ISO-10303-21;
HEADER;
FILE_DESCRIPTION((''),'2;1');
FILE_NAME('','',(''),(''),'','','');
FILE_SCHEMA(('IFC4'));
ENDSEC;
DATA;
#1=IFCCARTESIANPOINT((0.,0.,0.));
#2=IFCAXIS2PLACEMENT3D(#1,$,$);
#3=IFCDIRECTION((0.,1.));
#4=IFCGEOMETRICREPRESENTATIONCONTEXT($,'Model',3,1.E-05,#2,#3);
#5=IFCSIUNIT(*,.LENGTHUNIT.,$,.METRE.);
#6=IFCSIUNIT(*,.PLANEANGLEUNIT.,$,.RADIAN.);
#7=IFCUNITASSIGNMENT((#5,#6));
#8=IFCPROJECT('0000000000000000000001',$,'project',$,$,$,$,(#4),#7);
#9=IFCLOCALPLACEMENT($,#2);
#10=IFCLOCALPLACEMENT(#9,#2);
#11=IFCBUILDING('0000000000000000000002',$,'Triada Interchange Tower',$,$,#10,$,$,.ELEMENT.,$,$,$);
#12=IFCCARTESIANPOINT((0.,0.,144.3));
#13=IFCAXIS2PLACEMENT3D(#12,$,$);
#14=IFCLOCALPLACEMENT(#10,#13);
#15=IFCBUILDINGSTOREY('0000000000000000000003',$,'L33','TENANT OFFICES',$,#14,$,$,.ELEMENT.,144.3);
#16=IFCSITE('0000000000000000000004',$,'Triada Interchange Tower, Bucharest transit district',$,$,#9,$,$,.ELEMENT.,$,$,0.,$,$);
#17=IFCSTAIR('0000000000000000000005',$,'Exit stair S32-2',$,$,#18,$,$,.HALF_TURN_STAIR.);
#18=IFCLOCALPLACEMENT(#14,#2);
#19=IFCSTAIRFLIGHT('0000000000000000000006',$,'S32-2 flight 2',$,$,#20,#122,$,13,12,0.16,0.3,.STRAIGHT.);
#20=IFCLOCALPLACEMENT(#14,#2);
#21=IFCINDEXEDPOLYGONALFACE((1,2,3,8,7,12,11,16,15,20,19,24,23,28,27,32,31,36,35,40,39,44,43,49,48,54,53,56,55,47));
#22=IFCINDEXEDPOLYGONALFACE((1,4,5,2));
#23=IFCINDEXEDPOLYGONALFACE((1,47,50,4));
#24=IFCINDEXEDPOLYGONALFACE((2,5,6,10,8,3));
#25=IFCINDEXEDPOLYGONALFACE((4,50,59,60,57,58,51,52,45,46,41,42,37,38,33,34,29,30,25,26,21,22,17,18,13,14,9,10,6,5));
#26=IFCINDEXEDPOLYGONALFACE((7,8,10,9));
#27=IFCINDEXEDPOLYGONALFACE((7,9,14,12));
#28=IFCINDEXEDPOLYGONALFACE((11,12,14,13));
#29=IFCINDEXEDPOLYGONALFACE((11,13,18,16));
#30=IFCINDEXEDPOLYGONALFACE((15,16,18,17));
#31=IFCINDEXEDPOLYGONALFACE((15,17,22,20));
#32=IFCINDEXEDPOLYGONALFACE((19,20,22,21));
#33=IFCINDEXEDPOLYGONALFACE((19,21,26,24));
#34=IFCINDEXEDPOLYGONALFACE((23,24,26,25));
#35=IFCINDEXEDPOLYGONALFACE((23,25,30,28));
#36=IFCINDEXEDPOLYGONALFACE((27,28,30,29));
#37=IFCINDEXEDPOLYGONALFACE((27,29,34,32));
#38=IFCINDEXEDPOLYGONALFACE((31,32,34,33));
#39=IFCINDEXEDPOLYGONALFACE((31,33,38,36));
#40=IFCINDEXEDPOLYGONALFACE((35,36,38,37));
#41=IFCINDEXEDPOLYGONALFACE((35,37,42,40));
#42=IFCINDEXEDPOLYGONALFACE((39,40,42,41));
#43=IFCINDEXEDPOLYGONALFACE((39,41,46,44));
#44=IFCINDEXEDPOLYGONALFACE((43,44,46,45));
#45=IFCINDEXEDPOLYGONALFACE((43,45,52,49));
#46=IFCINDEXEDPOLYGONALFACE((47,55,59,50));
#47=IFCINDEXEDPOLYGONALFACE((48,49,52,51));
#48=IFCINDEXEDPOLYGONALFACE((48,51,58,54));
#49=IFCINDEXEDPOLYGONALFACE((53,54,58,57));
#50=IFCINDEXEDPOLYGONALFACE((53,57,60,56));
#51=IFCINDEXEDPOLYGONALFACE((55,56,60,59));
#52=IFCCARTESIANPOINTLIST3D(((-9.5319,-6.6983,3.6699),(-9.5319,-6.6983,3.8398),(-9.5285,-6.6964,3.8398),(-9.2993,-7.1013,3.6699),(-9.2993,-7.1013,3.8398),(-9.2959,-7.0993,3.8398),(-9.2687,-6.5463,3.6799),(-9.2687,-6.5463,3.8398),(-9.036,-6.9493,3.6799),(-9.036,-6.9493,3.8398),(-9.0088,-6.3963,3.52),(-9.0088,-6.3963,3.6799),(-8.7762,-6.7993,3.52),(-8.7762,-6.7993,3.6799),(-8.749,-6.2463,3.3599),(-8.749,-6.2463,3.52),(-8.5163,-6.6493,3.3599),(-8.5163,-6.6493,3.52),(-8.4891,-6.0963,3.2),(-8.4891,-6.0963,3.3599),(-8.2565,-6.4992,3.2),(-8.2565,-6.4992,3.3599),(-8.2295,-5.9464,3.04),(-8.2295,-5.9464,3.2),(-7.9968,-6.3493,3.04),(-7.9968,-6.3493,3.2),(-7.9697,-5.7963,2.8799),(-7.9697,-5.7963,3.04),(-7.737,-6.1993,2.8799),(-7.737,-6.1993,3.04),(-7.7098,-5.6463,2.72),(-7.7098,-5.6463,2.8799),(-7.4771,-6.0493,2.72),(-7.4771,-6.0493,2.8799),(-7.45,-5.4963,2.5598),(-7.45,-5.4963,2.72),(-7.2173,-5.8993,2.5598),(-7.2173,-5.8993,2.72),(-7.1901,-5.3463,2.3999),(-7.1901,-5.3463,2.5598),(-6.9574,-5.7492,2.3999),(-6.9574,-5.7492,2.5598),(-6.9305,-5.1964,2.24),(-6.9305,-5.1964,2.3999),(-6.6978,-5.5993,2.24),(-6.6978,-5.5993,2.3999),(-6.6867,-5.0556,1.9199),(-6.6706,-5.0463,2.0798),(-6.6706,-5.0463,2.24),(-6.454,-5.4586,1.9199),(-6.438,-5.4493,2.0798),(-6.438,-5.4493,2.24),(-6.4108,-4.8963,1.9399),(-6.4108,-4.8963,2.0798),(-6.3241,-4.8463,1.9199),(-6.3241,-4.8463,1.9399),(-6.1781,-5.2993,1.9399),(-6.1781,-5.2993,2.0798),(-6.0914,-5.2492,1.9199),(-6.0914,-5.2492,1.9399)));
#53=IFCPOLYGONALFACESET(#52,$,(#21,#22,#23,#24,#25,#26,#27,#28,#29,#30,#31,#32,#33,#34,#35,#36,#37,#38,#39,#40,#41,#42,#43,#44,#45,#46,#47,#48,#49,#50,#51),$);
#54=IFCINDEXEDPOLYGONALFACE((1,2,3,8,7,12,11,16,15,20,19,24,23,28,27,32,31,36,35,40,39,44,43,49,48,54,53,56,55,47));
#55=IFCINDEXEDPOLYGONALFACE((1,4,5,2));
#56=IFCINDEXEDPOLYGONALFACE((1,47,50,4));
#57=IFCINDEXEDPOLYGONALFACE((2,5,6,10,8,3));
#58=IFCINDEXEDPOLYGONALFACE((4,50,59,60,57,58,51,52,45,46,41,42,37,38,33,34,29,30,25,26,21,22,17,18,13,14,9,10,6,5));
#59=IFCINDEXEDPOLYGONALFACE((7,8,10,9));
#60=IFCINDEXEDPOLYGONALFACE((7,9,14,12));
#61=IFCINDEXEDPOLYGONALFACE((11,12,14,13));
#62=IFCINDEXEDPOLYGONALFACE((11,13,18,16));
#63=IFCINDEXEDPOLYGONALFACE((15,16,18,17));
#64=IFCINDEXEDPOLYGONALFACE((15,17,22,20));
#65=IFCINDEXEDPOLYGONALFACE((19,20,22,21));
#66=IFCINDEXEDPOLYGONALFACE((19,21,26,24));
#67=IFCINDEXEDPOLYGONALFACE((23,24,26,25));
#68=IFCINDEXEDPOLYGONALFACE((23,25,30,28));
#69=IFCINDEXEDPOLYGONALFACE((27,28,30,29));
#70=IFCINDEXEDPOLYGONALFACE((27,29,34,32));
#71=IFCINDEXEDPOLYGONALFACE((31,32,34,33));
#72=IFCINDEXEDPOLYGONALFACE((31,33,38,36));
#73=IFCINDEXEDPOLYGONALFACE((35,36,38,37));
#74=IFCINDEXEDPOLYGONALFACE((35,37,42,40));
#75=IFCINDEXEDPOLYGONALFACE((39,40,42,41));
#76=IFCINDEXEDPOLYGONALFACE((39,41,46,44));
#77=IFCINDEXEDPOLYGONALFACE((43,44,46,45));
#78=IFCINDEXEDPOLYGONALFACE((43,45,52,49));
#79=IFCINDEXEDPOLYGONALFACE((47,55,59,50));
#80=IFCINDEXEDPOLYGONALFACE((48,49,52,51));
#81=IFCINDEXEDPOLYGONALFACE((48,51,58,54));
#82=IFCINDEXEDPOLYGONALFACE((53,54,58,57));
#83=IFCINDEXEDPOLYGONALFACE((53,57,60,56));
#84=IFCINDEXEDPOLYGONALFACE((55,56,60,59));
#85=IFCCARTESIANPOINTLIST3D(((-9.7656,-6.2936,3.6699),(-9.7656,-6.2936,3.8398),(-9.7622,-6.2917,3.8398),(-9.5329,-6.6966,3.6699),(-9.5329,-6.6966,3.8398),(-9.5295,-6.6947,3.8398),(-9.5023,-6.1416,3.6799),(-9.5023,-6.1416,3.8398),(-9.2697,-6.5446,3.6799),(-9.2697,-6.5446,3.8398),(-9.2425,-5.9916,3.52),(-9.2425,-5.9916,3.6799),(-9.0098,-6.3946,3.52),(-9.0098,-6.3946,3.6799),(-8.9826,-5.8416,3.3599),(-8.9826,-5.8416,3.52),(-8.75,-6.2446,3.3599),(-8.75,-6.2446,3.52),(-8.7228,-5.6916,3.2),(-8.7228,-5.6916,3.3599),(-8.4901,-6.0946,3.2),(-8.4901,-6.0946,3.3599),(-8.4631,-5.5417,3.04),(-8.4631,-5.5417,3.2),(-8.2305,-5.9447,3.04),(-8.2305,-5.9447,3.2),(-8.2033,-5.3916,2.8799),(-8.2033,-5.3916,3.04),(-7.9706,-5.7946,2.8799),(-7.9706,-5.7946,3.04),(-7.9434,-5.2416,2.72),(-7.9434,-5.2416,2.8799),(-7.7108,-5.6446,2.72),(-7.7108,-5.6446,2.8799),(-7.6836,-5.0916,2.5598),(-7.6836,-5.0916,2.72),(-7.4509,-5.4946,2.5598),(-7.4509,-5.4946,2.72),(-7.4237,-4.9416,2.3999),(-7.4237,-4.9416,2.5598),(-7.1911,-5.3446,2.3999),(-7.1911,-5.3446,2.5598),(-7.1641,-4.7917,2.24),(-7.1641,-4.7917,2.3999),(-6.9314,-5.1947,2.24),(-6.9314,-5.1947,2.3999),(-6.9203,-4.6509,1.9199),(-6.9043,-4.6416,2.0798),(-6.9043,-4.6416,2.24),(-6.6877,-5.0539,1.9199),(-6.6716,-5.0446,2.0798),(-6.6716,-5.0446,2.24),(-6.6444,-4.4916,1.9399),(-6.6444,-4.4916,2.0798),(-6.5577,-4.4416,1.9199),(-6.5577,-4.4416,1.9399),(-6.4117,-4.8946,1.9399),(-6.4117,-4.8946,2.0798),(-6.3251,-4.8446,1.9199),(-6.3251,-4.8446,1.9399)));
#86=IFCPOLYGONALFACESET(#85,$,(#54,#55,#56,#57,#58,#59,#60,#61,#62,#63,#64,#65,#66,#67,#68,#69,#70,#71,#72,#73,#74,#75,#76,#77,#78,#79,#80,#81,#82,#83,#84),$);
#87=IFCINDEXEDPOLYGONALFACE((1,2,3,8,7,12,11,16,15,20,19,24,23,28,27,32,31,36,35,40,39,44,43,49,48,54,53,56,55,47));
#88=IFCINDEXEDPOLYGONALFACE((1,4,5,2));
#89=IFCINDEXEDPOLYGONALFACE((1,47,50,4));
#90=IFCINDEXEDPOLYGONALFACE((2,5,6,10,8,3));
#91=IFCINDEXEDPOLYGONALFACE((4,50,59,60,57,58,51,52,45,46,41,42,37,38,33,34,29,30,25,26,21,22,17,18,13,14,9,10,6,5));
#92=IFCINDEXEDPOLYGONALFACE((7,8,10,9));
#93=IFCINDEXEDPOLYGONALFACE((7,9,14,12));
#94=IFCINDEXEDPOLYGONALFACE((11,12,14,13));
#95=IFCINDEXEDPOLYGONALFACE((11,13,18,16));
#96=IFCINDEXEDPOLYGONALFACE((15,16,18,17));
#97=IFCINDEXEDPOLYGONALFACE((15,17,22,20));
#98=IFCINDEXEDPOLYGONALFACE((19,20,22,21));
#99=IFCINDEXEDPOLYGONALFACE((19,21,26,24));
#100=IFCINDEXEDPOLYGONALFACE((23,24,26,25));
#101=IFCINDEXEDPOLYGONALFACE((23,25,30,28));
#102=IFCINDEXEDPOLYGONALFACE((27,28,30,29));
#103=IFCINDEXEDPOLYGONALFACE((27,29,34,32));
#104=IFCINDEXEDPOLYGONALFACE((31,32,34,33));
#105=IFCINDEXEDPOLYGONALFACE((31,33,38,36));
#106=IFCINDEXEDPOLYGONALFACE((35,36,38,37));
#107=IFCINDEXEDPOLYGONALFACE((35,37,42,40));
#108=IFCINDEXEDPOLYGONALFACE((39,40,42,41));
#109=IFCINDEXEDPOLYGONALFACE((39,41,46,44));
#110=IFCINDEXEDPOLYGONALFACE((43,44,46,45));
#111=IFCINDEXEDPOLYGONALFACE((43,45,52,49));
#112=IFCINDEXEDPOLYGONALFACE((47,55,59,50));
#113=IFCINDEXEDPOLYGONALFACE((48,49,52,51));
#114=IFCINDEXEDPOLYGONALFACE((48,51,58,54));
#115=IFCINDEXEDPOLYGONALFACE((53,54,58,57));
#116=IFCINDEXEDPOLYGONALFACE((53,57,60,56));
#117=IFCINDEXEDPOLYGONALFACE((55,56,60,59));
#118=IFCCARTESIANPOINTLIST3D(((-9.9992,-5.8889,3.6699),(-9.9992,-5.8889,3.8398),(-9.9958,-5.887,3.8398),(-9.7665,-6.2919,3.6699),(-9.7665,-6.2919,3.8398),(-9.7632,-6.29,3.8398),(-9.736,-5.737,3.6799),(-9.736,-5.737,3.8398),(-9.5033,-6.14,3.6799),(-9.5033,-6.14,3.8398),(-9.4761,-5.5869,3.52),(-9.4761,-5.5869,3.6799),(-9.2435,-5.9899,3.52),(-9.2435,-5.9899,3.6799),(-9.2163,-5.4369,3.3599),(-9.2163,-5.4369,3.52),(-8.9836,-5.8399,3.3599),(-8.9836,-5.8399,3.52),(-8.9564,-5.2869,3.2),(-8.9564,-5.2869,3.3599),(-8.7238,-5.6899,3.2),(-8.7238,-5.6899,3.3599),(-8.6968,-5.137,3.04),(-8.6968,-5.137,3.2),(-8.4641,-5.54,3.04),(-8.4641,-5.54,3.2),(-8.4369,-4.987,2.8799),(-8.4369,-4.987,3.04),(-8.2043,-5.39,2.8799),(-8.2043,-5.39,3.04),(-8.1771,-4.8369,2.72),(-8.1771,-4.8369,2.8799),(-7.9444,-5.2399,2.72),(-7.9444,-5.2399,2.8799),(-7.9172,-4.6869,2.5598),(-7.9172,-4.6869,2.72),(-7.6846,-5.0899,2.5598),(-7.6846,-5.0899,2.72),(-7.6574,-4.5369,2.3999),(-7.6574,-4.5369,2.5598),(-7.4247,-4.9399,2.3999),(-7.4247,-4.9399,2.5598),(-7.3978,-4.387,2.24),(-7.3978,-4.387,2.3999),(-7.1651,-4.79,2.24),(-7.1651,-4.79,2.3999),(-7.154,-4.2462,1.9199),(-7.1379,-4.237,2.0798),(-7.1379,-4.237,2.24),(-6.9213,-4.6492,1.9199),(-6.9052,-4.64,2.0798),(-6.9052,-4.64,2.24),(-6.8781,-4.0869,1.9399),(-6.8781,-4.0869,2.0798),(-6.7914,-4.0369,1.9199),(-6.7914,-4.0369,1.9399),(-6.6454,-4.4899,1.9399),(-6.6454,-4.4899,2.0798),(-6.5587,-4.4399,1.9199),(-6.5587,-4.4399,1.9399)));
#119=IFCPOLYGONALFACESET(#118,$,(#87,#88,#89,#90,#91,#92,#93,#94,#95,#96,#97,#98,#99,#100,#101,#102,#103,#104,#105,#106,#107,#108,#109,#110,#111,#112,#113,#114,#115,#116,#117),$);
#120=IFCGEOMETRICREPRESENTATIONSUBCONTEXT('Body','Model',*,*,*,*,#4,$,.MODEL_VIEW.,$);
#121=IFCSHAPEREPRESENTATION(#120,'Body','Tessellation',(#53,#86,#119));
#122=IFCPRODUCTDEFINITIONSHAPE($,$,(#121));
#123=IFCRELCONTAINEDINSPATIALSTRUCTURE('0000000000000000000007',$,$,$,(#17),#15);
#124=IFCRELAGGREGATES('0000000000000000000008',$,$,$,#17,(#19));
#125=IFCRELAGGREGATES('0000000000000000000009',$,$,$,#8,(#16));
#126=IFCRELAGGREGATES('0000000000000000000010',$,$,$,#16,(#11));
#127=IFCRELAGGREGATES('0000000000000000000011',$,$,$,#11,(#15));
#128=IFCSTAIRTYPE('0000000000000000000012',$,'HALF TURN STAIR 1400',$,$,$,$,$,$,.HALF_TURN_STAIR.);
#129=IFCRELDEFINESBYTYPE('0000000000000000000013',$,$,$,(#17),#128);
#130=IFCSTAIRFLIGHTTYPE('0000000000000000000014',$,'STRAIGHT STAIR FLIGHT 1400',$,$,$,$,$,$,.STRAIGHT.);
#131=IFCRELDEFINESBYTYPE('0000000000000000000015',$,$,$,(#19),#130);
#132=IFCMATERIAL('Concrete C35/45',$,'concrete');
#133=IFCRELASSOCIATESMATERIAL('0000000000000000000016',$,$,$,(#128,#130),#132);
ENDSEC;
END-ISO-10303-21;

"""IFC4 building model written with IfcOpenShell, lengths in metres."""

from ifc_helpers import new_model, si_unit, direction, frame, origin, place, context, subcontext, project, spatial, polyline, outline, extrude, material, type_object, element, aggregate, save


model = new_model("IFC4")

# Units and contexts
model_context = context("Model", 3, precision=1e-05, world=origin(), true_north=direction((0.0, 1.0)))
body_context = subcontext(model_context, "Body", "Model", "MODEL_VIEW")
ifc_project = project(units=[si_unit("LENGTHUNIT", "METRE"), si_unit("PLANEANGLEUNIT", "RADIAN")], contexts=[model_context])

# Site, building, storey
site_placement = place(None, origin())
site = spatial("IfcSite", under=ifc_project, at=site_placement, Name="Triada Interchange Tower, Bucharest transit district", CompositionType="ELEMENT", RefElevation=0.0)
building_placement = place(site_placement, origin())
building = spatial("IfcBuilding", under=site, at=building_placement, Name="Triada Interchange Tower", CompositionType="ELEMENT")
storey_placement = place(building_placement, frame((0.0, 0.0, 144.3)))
storey = spatial("IfcBuildingStorey", under=building, at=storey_placement, Name="L33", Description="TENANT OFFICES", CompositionType="ELEMENT", Elevation=144.3)

# Stair, stair flight
ifc_material_1 = material(Name="Concrete C35/45", Category="concrete")
stair_type = type_object("IfcStairType", Name="HALF TURN STAIR 1400", PredefinedType="HALF_TURN_STAIR", material=ifc_material_1)
stair_placement = place(storey_placement, origin())
stair = element("IfcStair", 1, at=stair_placement, inside=storey, type_object=stair_type, Name="Exit stair S32-2", PredefinedType="HALF_TURN_STAIR")
stair_flight_type = type_object("IfcStairFlightType", Name="STRAIGHT STAIR FLIGHT 1400", PredefinedType="STRAIGHT", material=ifc_material_1)
stair_flight_1_placement = place(storey_placement, frame((-6.5281, -4.6931, 1.9199), z_axis=(0.0, 0.0, 1.0), x_axis=(-0.866025, -0.5, 0.0)))
stair_flight_1 = element("IfcStairFlight", 2, at=stair_flight_1_placement, type_object=stair_flight_type, Name="S32-2 flight 2", NumberOfRisers=13, NumberOfTreads=12, PredefinedType="STRAIGHT", RiserHeight=0.16, TreadLength=0.3, context=body_context, shape_type="SweptSolid", body=[
    extrude(outline(polyline([(-0.1001, 0.0), (-0.1001, 0.02), (0.0, 0.02), (0.0, 0.1599), (0.3, 0.1599), (0.3, 0.3201), (0.6001, 0.3201), (0.6001, 0.48), (0.8999, 0.48), (0.8999, 0.6399), (1.2, 0.6399), (1.2, 0.8), (1.5, 0.8), (1.5, 0.96), (1.8, 0.96), (1.8, 1.1201), (2.1001, 1.1201), (2.1001, 1.28), (2.3999, 1.28), (2.3999, 1.4399), (2.7, 1.4399), (2.7, 1.6001), (3.0, 1.6001), (3.0, 1.76), (3.3, 1.76), (3.3, 1.9199), (3.6001, 1.9199), (3.604, 1.9199), (3.604, 2.0801), (3.604, 1.75), (0.3186, 0.0), (-0.1001, 0.0)])), frame((0.0, 0.7, 0.0), z_axis=(0.0, -1.0, 0.0), x_axis=(1.0, 0.0, 0.0)), (0.0, 0.0, 1.0), 0.4653),
    extrude(outline(polyline([(-0.1001, 0.0), (-0.1001, 0.02), (0.0, 0.02), (0.0, 0.1599), (0.3, 0.1599), (0.3, 0.3201), (0.6001, 0.3201), (0.6001, 0.48), (0.8999, 0.48), (0.8999, 0.6399), (1.2, 0.6399), (1.2, 0.8), (1.5, 0.8), (1.5, 0.96), (1.8, 0.96), (1.8, 1.1201), (2.1001, 1.1201), (2.1001, 1.28), (2.3999, 1.28), (2.3999, 1.4399), (2.7, 1.4399), (2.7, 1.6001), (3.0, 1.6001), (3.0, 1.76), (3.3, 1.76), (3.3, 1.9199), (3.6001, 1.9199), (3.604, 1.9199), (3.604, 2.0801), (3.604, 1.75), (0.3186, 0.0), (-0.1001, 0.0)])), frame((0.0, 0.2327, 0.0), z_axis=(0.0, -1.0, 0.0), x_axis=(1.0, 0.0, 0.0)), (0.0, 0.0, 1.0), 0.4653),
    extrude(outline(polyline([(-0.1001, 0.0), (-0.1001, 0.02), (0.0, 0.02), (0.0, 0.1599), (0.3, 0.1599), (0.3, 0.3201), (0.6001, 0.3201), (0.6001, 0.48), (0.8999, 0.48), (0.8999, 0.6399), (1.2, 0.6399), (1.2, 0.8), (1.5, 0.8), (1.5, 0.96), (1.8, 0.96), (1.8, 1.1201), (2.1001, 1.1201), (2.1001, 1.28), (2.3999, 1.28), (2.3999, 1.4399), (2.7, 1.4399), (2.7, 1.6001), (3.0, 1.6001), (3.0, 1.76), (3.3, 1.76), (3.3, 1.9199), (3.6001, 1.9199), (3.604, 1.9199), (3.604, 2.0801), (3.604, 1.75), (0.3186, 0.0), (-0.1001, 0.0)])), frame((0.0, -0.2346, 0.0), z_axis=(0.0, -1.0, 0.0), x_axis=(1.0, 0.0, 0.0)), (0.0, 0.0, 1.0), 0.4653),
])
aggregate(stair, [stair_flight_1])

save(model, "model.ifc")
